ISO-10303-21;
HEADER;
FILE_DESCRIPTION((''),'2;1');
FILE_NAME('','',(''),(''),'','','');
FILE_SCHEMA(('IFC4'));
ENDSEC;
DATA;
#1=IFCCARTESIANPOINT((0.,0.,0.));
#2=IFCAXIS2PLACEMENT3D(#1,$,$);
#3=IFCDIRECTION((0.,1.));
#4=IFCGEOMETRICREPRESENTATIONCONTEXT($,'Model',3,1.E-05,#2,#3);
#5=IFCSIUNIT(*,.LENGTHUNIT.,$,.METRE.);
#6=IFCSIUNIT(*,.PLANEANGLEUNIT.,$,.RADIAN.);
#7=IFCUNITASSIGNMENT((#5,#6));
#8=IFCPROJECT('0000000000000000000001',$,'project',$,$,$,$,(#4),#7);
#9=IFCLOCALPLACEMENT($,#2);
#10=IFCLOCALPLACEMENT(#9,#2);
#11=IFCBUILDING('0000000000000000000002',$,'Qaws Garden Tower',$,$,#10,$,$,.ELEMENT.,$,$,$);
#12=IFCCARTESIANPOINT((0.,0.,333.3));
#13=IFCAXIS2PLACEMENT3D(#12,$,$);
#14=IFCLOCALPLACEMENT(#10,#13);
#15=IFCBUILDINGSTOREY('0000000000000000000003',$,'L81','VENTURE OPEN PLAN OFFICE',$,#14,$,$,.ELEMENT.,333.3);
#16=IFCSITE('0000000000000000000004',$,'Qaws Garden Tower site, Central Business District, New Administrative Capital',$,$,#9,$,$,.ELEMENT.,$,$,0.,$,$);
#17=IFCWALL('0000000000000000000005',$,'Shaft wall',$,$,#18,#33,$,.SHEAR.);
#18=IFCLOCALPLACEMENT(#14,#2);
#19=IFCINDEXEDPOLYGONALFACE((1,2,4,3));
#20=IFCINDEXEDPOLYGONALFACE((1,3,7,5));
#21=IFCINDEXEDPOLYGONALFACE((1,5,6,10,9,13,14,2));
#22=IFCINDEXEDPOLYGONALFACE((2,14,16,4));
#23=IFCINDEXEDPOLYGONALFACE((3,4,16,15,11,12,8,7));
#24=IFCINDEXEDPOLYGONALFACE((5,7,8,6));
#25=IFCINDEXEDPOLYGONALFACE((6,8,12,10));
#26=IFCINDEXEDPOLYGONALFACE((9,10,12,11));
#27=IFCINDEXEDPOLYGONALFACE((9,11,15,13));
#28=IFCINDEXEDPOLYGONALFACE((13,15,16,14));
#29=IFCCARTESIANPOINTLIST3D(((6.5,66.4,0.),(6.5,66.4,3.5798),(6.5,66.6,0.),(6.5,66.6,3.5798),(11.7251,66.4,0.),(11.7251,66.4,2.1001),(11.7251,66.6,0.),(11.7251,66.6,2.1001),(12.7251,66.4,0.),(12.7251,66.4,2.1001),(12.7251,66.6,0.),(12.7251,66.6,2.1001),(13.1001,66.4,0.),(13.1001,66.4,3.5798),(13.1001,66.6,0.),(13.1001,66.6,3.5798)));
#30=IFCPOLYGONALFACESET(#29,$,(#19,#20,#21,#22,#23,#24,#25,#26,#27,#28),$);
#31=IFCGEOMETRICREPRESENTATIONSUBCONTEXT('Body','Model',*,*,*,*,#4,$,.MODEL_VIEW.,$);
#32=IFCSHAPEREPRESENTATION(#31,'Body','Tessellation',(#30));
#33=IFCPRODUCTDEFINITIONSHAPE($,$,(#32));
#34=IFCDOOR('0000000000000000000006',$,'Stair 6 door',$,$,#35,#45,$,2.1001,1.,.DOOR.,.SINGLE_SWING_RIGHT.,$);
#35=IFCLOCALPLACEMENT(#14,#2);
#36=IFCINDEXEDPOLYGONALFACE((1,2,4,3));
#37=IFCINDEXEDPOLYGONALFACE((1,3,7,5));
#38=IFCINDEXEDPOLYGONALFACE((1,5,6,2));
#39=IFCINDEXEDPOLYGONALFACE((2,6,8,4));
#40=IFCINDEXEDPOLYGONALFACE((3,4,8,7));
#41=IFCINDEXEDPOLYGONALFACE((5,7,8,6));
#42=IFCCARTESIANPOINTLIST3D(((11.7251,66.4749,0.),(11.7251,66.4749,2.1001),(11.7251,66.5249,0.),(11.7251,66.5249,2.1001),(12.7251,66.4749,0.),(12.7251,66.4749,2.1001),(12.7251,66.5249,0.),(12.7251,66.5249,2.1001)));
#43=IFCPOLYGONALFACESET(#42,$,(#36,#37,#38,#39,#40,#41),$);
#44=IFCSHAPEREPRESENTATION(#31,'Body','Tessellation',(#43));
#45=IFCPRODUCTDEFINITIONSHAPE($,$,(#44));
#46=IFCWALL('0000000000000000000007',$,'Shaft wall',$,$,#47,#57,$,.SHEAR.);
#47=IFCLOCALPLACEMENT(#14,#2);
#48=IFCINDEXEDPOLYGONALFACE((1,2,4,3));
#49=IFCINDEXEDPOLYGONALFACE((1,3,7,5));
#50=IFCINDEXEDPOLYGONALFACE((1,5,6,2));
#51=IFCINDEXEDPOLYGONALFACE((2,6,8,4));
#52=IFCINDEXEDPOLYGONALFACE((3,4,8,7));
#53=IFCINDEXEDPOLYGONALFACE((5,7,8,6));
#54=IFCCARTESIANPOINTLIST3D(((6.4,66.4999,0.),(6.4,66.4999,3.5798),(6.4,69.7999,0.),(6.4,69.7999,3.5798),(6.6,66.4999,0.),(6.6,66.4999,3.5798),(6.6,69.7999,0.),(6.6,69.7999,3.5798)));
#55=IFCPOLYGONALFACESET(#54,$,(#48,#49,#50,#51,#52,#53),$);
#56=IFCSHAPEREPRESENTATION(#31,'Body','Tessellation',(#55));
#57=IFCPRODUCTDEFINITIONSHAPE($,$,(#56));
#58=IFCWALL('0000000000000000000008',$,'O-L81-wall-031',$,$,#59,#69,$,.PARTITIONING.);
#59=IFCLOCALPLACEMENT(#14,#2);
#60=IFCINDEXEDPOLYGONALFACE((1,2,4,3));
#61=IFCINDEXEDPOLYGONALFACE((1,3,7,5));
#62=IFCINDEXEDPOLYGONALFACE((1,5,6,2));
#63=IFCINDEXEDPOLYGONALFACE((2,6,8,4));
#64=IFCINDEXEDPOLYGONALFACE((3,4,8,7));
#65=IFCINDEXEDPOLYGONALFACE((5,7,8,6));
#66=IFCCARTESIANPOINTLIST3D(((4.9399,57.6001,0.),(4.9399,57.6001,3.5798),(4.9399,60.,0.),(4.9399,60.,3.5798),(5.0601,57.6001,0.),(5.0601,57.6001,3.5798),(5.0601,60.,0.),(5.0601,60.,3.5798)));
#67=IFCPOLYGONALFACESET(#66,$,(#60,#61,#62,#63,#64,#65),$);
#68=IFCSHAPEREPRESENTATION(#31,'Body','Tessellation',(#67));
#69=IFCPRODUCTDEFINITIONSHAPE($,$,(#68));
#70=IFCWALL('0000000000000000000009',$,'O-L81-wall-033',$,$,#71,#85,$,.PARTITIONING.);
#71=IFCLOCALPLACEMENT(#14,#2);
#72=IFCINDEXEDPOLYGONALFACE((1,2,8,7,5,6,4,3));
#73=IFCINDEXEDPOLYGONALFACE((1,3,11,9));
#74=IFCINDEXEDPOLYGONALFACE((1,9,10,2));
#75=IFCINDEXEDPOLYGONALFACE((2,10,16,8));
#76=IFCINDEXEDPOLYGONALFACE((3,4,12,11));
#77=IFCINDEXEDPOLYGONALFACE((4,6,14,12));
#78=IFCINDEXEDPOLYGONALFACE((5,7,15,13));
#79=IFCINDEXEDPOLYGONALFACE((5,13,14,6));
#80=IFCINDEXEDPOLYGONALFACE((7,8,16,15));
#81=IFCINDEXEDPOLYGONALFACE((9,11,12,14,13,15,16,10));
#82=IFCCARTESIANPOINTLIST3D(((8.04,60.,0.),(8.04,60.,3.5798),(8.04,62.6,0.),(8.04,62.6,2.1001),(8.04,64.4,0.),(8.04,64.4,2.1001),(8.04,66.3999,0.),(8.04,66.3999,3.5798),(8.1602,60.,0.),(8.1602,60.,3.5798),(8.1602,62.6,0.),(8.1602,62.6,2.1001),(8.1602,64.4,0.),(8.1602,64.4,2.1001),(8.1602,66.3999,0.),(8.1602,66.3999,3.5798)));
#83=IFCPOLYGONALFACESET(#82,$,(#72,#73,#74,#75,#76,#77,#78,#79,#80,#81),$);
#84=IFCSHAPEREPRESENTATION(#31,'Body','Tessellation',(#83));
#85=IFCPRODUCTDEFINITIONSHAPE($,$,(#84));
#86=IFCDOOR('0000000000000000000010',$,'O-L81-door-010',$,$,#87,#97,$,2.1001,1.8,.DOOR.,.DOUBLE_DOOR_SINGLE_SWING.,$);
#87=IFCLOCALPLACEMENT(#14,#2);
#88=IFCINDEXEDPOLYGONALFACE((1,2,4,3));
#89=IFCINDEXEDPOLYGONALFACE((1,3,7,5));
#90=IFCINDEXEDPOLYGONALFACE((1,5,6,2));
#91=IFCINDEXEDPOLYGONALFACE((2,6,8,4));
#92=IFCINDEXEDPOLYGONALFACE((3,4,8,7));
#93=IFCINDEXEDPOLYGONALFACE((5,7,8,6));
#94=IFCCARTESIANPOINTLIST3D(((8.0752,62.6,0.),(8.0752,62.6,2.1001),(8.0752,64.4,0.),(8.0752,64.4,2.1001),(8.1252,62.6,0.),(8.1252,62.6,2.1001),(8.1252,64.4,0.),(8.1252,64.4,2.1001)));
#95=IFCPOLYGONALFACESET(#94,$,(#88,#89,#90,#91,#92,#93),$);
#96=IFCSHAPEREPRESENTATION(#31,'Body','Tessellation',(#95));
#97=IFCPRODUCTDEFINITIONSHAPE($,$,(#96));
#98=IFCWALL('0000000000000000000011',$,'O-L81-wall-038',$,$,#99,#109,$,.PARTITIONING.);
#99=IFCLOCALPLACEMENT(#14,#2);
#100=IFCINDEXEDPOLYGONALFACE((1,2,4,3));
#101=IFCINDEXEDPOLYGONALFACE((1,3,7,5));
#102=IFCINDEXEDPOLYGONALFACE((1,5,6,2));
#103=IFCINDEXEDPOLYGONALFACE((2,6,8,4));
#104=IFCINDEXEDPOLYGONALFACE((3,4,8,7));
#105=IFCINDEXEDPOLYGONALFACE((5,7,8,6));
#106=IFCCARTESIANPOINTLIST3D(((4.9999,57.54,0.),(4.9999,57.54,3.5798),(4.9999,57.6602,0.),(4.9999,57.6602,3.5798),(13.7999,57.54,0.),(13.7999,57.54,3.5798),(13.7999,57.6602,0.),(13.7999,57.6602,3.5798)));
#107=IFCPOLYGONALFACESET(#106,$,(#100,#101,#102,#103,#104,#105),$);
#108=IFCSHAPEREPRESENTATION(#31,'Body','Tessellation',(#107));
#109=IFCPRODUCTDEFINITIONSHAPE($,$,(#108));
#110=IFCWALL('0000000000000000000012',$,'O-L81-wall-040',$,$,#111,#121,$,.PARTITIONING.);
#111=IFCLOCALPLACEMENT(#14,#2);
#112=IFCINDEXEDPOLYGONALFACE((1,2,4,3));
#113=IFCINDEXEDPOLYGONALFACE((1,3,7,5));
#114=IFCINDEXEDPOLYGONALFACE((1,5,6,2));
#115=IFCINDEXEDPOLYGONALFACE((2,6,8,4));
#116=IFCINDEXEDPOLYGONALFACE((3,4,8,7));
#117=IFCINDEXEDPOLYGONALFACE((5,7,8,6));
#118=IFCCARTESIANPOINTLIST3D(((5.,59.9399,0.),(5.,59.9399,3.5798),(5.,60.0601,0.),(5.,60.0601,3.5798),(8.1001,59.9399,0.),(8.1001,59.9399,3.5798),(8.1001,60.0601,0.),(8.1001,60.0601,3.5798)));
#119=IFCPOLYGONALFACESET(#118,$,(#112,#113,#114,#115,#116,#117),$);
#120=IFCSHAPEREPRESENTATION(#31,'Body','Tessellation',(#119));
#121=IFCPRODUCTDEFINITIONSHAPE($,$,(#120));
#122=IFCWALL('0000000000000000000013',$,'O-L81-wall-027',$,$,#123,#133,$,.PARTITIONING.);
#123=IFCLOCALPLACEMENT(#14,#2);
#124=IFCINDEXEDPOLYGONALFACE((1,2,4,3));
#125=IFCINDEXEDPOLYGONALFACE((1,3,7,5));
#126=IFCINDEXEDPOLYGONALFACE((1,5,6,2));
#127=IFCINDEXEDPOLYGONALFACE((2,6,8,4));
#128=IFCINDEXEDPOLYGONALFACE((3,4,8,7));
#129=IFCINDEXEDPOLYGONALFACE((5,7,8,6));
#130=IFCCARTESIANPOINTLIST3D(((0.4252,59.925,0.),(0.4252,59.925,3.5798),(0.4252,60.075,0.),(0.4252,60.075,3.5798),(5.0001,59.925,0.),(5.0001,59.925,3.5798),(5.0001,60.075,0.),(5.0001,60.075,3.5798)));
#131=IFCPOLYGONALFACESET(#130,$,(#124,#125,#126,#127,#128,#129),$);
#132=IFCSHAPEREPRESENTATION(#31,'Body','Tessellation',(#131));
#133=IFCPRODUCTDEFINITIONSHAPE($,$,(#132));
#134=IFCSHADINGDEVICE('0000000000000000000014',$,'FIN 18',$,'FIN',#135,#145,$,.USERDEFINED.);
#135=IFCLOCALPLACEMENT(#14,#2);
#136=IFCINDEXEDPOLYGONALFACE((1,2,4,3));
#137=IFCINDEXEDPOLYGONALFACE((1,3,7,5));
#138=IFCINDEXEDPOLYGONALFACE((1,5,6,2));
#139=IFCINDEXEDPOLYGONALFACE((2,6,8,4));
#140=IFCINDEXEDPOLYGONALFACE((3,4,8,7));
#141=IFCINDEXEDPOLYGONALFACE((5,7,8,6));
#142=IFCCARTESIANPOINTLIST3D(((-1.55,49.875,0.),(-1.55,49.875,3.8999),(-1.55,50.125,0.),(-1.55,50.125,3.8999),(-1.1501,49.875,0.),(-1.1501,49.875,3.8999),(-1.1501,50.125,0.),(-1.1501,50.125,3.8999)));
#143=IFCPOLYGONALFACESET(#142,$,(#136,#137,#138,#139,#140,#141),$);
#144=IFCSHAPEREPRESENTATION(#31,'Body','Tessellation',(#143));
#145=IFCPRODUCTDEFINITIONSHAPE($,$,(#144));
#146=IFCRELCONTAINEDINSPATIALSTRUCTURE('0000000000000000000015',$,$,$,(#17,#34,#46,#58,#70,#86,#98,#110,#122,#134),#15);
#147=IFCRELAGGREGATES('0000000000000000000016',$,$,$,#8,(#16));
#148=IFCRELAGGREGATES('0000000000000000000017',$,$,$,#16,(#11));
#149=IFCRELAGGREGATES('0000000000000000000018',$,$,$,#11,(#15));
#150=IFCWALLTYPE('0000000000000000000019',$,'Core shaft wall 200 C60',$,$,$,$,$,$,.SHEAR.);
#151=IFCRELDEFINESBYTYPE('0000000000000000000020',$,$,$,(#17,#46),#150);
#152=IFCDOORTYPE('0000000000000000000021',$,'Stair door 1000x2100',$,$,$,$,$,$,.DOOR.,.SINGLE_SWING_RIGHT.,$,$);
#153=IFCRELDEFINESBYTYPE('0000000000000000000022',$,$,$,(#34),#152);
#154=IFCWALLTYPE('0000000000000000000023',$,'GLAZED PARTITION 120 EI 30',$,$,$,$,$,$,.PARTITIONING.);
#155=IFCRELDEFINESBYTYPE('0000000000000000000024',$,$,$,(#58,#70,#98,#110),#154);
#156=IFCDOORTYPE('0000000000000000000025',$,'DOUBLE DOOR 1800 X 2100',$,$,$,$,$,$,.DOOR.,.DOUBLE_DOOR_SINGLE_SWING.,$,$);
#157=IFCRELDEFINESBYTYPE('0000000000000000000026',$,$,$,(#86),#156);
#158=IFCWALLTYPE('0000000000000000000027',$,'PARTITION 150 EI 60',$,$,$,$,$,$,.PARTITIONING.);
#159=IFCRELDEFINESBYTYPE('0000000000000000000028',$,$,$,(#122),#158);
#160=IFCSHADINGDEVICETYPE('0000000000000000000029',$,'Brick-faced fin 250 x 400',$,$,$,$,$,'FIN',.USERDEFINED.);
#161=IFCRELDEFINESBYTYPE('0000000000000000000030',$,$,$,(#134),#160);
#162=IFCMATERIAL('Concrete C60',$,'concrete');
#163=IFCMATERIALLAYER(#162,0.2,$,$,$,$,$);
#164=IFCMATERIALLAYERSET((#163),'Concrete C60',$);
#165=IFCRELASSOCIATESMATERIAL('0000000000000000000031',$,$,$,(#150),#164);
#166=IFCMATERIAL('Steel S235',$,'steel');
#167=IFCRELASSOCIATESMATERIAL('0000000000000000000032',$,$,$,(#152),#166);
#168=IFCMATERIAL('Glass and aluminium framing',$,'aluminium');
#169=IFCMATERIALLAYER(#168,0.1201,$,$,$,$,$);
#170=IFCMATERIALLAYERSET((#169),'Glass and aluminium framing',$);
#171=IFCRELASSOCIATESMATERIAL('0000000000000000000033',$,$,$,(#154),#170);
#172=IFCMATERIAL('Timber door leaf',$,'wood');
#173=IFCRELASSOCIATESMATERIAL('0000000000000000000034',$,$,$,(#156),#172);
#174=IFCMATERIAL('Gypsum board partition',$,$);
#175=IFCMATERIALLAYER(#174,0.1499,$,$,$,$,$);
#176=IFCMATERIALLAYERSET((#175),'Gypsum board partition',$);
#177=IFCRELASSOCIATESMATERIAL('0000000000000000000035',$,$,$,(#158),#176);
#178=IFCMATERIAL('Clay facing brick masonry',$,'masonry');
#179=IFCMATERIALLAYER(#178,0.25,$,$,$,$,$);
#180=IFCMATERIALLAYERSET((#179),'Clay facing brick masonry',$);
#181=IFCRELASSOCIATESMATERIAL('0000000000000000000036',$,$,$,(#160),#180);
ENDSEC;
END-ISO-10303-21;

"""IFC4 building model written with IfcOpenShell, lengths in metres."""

from ifc_helpers import new_model, si_unit, direction, frame, frame_2d, origin, origin_2d, place, context, subcontext, project, spatial, rectangle, extrude, material, layer, layer_set, type_object, element, fill, save


model = new_model("IFC4")

# Units and contexts
model_context = context("Model", 3, precision=1e-05, world=origin(), true_north=direction((0.0, 1.0)))
body_context = subcontext(model_context, "Body", "Model", "MODEL_VIEW")
ifc_project = project(units=[si_unit("LENGTHUNIT", "METRE"), si_unit("PLANEANGLEUNIT", "RADIAN")], contexts=[model_context])

# Site, building, storey
site_placement = place(None, origin())
site = spatial("IfcSite", under=ifc_project, at=site_placement, Name="Qaws Garden Tower site, Central Business District, New Administrative Capital", CompositionType="ELEMENT", RefElevation=0.0)
building_placement = place(site_placement, origin())
building = spatial("IfcBuilding", under=site, at=building_placement, Name="Qaws Garden Tower", CompositionType="ELEMENT")
storey_placement = place(building_placement, frame((0.0, 0.0, 333.3)))
storey = spatial("IfcBuildingStorey", under=building, at=storey_placement, Name="L81", Description="VENTURE OPEN PLAN OFFICE", CompositionType="ELEMENT", Elevation=333.3)

# Wall, opening, door
ifc_material_1 = material(Name="Concrete C60", Category="concrete")
ifc_layer_1 = layer(ifc_material_1, 0.2)
ifc_layer_set_1 = layer_set([ifc_layer_1], Name="Concrete C60")
wall_type_1 = type_object("IfcWallType", Name="Core shaft wall 200 C60", PredefinedType="SHEAR", material=ifc_layer_set_1)
wall_1_placement = place(storey_placement, frame((6.5, 66.5, 0.0), z_axis=(0.0, 0.0, 1.0), x_axis=(1.0, 0.0, 0.0)))
wall_1 = element("IfcWall", 1, at=wall_1_placement, inside=storey, type_object=wall_type_1, Name="Shaft wall", PredefinedType="SHEAR", context=body_context, shape_type="SweptSolid", body=[
    extrude(rectangle(XDim=6.6001, YDim=0.2, at=frame_2d((3.3, 0.0))), origin(), (0.0, 0.0, 1.0), 3.5798),
])
opening_1_placement = place(wall_1_placement, frame((5.2251, 0.0, 0.0)))
opening_1 = element("IfcOpeningElement", 2, at=opening_1_placement, cuts=wall_1, PredefinedType="OPENING", context=body_context, shape_type="SweptSolid", body=[
    extrude(rectangle(XDim=1.0, YDim=2.1001, at=frame_2d((0.5, 1.05))), frame((0.0, 0.1099, 0.0), z_axis=(0.0, -1.0, 0.0), x_axis=(1.0, 0.0, 0.0)), (0.0, 0.0, 1.0), 0.22),
])
ifc_material_2 = material(Name="Steel S235", Category="steel")
door_type_1 = type_object("IfcDoorType", Name="Stair door 1000x2100", OperationType="SINGLE_SWING_RIGHT", PredefinedType="DOOR", material=ifc_material_2)
door_1_placement = place(opening_1_placement, origin())
door_1 = element("IfcDoor", 3, at=door_1_placement, inside=storey, type_object=door_type_1, Name="Stair 6 door", OperationType="SINGLE_SWING_RIGHT", OverallHeight=2.1001, OverallWidth=1.0, PredefinedType="DOOR", context=body_context, shape_type="SweptSolid", body=[
    extrude(rectangle(XDim=1.0, YDim=2.1001, at=frame_2d((0.5, 1.05))), frame((0.0, 0.0249, 0.0), z_axis=(0.0, -1.0, 0.0), x_axis=(1.0, 0.0, 0.0)), (0.0, 0.0, 1.0), 0.05),
])
fill(opening_1, door_1)

# Walls
wall_2_placement = place(storey_placement, frame((6.5, 66.5, 0.0), z_axis=(0.0, 0.0, 1.0), x_axis=(0.0, 1.0, 0.0)))
element("IfcWall", 4, at=wall_2_placement, inside=storey, type_object=wall_type_1, Name="Shaft wall", PredefinedType="SHEAR", context=body_context, shape_type="SweptSolid", body=[
    extrude(rectangle(XDim=3.3, YDim=0.2, at=frame_2d((1.6499, 0.0))), origin(), (0.0, 0.0, 1.0), 3.5798),
])
ifc_material_3 = material(Name="Glass and aluminium framing", Category="aluminium")
ifc_layer_2 = layer(ifc_material_3, 0.1201)
ifc_layer_set_2 = layer_set([ifc_layer_2], Name="Glass and aluminium framing")
wall_type_2 = type_object("IfcWallType", Name="GLAZED PARTITION 120 EI 30", PredefinedType="PARTITIONING", material=ifc_layer_set_2)
wall_3_placement = place(storey_placement, frame((5.0, 57.6001, 0.0), z_axis=(0.0, 0.0, 1.0), x_axis=(0.0, 1.0, 0.0)))
element("IfcWall", 5, at=wall_3_placement, inside=storey, type_object=wall_type_2, Name="O-L81-wall-031", PredefinedType="PARTITIONING", context=body_context, shape_type="SweptSolid", body=[
    extrude(rectangle(XDim=2.3999, YDim=0.1201, at=frame_2d((1.2, 0.0))), origin(), (0.0, 0.0, 1.0), 3.5798),
])

# Wall, opening, door
wall_4_placement = place(storey_placement, frame((8.1001, 60.0, 0.0), z_axis=(0.0, 0.0, 1.0), x_axis=(0.0, 1.0, 0.0)))
wall_4 = element("IfcWall", 6, at=wall_4_placement, inside=storey, type_object=wall_type_2, Name="O-L81-wall-033", PredefinedType="PARTITIONING", context=body_context, shape_type="SweptSolid", body=[
    extrude(rectangle(XDim=6.3999, YDim=0.1201, at=frame_2d((3.2, 0.0))), origin(), (0.0, 0.0, 1.0), 3.5798),
])
opening_2_placement = place(wall_4_placement, frame((2.6001, 0.0, 0.0)))
opening_2 = element("IfcOpeningElement", 7, at=opening_2_placement, cuts=wall_4, PredefinedType="OPENING", context=body_context, shape_type="SweptSolid", body=[
    extrude(rectangle(XDim=1.8, YDim=2.1001, at=frame_2d((0.8999, 1.05))), frame((0.0, 0.0701, 0.0), z_axis=(0.0, -1.0, 0.0), x_axis=(1.0, 0.0, 0.0)), (0.0, 0.0, 1.0), 0.1401),
])
ifc_material_4 = material(Name="Timber door leaf", Category="wood")
door_type_2 = type_object("IfcDoorType", Name="DOUBLE DOOR 1800 X 2100", OperationType="DOUBLE_DOOR_SINGLE_SWING", PredefinedType="DOOR", material=ifc_material_4)
door_2_placement = place(opening_2_placement, origin())
door_2 = element("IfcDoor", 8, at=door_2_placement, inside=storey, type_object=door_type_2, Name="O-L81-door-010", OperationType="DOUBLE_DOOR_SINGLE_SWING", OverallHeight=2.1001, OverallWidth=1.8, PredefinedType="DOOR", context=body_context, shape_type="SweptSolid", body=[
    extrude(rectangle(XDim=1.8, YDim=2.1001, at=frame_2d((0.8999, 1.05))), frame((0.0, 0.0249, 0.0), z_axis=(0.0, -1.0, 0.0), x_axis=(1.0, 0.0, 0.0)), (0.0, 0.0, 1.0), 0.05),
])
fill(opening_2, door_2)

# Walls
wall_5_placement = place(storey_placement, frame((5.0, 57.6001, 0.0), z_axis=(0.0, 0.0, 1.0), x_axis=(1.0, 0.0, 0.0)))
element("IfcWall", 9, at=wall_5_placement, inside=storey, type_object=wall_type_2, Name="O-L81-wall-038", PredefinedType="PARTITIONING", context=body_context, shape_type="SweptSolid", body=[
    extrude(rectangle(XDim=8.8, YDim=0.1201, at=frame_2d((4.3999, 0.0))), origin(), (0.0, 0.0, 1.0), 3.5798),
])
wall_6_placement = place(storey_placement, frame((5.0, 60.0, 0.0), z_axis=(0.0, 0.0, 1.0), x_axis=(1.0, 0.0, 0.0)))
element("IfcWall", 10, at=wall_6_placement, inside=storey, type_object=wall_type_2, Name="O-L81-wall-040", PredefinedType="PARTITIONING", context=body_context, shape_type="SweptSolid", body=[
    extrude(rectangle(XDim=3.1001, YDim=0.1201, at=frame_2d((1.55, 0.0))), origin(), (0.0, 0.0, 1.0), 3.5798),
])
ifc_material_5 = material(Name="Gypsum board partition")
ifc_layer_3 = layer(ifc_material_5, 0.1499)
ifc_layer_set_3 = layer_set([ifc_layer_3], Name="Gypsum board partition")
wall_type_3 = type_object("IfcWallType", Name="PARTITION 150 EI 60", PredefinedType="PARTITIONING", material=ifc_layer_set_3)
wall_7_placement = place(storey_placement, frame((0.425, 60.0, 0.0), z_axis=(0.0, 0.0, 1.0), x_axis=(1.0, 0.0, 0.0)))
element("IfcWall", 11, at=wall_7_placement, inside=storey, type_object=wall_type_3, Name="O-L81-wall-027", PredefinedType="PARTITIONING", context=body_context, shape_type="SweptSolid", body=[
    extrude(rectangle(XDim=4.575, YDim=0.1499, at=frame_2d((2.2876, 0.0))), origin(), (0.0, 0.0, 1.0), 3.5798),
])

# Shading device
ifc_material_6 = material(Name="Clay facing brick masonry", Category="masonry")
ifc_layer_4 = layer(ifc_material_6, 0.25)
ifc_layer_set_4 = layer_set([ifc_layer_4], Name="Clay facing brick masonry")
shading_device_type = type_object("IfcShadingDeviceType", Name="Brick-faced fin 250 x 400", ElementType="FIN", PredefinedType="USERDEFINED", material=ifc_layer_set_4)
shading_device_placement = place(storey_placement, frame((-1.3501, 50.0, 0.0), z_axis=(0.0, 0.0, 1.0), x_axis=(0.0, -1.0, 0.0)))
element("IfcShadingDevice", 12, at=shading_device_placement, inside=storey, type_object=shading_device_type, Name="FIN 18", ObjectType="FIN", PredefinedType="USERDEFINED", context=body_context, shape_type="SweptSolid", body=[
    extrude(rectangle(XDim=0.25, YDim=0.3999, at=origin_2d()), origin(), (0.0, 0.0, 1.0), 3.8999),
])

save(model, "model.ifc")
